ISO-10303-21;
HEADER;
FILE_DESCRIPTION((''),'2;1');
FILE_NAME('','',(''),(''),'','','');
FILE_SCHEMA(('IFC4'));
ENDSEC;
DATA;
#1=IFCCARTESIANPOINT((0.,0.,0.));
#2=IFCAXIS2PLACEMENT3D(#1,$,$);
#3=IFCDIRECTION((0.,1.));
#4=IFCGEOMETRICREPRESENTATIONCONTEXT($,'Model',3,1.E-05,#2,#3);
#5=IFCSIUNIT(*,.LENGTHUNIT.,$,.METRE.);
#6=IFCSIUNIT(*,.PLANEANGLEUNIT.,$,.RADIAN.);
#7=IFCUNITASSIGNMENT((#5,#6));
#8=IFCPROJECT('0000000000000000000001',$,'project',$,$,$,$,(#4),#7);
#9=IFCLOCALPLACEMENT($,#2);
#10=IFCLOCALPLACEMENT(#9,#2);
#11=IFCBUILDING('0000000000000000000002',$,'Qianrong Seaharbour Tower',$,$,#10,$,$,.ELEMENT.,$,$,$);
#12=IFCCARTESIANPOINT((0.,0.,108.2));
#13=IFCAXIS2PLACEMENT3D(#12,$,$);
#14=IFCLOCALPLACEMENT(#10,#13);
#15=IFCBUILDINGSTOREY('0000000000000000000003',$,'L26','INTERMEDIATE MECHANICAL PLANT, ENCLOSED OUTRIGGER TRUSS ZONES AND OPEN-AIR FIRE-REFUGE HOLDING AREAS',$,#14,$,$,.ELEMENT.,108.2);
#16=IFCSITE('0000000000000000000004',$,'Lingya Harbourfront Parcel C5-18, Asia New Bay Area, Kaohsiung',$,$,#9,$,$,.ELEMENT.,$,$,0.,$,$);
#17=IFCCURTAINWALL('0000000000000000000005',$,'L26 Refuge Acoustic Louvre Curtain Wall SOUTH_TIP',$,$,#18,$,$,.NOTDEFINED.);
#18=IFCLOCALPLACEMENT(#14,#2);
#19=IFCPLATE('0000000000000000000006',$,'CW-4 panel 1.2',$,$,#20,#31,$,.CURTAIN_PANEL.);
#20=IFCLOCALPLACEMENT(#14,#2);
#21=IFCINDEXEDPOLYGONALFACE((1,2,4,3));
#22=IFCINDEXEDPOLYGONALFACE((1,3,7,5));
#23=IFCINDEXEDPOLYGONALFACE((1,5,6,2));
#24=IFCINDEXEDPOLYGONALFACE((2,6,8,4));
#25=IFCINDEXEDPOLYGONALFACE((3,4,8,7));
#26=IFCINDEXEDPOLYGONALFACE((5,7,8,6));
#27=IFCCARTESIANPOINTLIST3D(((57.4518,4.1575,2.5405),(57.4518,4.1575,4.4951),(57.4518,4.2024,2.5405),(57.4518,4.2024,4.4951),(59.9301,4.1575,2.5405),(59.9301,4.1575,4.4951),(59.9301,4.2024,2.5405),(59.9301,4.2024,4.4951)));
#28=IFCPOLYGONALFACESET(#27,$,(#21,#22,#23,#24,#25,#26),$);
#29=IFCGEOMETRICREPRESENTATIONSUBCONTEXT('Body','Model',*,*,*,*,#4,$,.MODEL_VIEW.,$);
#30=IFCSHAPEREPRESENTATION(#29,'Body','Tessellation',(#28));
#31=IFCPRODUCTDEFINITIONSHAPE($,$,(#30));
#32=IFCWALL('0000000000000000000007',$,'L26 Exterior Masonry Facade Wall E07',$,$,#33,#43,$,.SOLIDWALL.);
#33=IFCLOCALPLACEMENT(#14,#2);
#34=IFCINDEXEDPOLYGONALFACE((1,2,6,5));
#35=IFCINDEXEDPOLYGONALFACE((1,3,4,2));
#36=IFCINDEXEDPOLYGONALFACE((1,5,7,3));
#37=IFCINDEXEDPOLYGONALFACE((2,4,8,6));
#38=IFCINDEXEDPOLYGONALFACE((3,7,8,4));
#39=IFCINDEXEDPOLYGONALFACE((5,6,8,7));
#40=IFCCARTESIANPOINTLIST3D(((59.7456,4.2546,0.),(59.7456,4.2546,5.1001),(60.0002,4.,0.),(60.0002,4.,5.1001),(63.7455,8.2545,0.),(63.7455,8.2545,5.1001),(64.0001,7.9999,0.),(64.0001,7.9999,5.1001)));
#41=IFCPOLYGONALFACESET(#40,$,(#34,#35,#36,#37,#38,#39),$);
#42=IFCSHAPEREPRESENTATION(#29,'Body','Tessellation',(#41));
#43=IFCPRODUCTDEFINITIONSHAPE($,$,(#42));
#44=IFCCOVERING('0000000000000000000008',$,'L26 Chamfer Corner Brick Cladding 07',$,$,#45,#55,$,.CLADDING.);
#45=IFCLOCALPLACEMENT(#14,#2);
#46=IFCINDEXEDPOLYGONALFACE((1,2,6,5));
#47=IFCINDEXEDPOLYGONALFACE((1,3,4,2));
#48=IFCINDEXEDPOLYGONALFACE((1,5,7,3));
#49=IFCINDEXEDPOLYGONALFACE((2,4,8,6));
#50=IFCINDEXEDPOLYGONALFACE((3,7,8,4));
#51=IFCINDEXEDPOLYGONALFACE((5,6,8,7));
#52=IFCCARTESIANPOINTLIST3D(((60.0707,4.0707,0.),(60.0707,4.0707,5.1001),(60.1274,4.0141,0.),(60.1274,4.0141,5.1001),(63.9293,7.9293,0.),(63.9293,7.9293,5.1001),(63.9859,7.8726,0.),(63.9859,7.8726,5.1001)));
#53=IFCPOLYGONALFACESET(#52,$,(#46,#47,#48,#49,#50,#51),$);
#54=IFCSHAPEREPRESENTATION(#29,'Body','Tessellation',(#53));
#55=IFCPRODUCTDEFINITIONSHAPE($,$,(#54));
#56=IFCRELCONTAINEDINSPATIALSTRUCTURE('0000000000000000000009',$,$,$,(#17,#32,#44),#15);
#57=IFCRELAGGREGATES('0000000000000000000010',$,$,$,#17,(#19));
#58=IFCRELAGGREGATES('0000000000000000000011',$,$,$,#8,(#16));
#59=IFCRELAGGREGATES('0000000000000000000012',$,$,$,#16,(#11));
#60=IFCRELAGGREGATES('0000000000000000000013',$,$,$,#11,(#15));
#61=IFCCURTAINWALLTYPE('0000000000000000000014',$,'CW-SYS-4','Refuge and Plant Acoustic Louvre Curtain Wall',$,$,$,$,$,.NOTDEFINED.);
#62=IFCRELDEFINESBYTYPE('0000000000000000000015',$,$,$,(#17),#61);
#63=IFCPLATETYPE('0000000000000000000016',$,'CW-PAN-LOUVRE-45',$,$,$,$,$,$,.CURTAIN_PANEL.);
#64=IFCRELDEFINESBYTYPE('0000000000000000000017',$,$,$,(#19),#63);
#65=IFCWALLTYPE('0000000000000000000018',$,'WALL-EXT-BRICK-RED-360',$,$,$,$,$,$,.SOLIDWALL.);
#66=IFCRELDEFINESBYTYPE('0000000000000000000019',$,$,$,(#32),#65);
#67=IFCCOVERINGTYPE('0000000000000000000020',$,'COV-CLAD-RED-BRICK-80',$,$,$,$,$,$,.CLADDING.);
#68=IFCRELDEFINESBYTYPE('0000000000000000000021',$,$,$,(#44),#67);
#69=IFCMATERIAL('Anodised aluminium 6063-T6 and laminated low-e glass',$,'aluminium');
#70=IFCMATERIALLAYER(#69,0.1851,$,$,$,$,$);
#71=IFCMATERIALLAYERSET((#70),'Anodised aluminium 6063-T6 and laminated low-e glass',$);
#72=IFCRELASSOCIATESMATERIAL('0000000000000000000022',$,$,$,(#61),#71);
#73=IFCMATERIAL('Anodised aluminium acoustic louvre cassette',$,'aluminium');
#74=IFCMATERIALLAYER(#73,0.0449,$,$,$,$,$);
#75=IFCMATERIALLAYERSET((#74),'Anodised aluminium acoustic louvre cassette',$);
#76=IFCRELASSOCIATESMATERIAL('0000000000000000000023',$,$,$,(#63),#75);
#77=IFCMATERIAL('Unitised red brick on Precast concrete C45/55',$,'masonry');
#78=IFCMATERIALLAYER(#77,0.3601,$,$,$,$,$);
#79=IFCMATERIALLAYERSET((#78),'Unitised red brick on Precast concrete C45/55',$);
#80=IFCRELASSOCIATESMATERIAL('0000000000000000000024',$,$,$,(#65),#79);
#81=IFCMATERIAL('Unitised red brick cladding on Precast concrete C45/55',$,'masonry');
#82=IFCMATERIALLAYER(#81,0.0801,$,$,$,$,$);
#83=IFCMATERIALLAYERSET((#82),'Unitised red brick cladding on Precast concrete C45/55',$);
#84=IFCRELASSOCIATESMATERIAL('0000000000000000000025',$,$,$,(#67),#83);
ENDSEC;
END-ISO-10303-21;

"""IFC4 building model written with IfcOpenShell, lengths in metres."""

from ifc_helpers import new_model, si_unit, direction, frame, frame_2d, origin, origin_2d, place, context, subcontext, project, spatial, rectangle, extrude, material, layer, layer_set, type_object, element, aggregate, save


model = new_model("IFC4")

# Units and contexts
model_context = context("Model", 3, precision=1e-05, world=origin(), true_north=direction((0.0, 1.0)))
body_context = subcontext(model_context, "Body", "Model", "MODEL_VIEW")
ifc_project = project(units=[si_unit("LENGTHUNIT", "METRE"), si_unit("PLANEANGLEUNIT", "RADIAN")], contexts=[model_context])

# Site, building, storey
site_placement = place(None, origin())
site = spatial("IfcSite", under=ifc_project, at=site_placement, Name="Lingya Harbourfront Parcel C5-18, Asia New Bay Area, Kaohsiung", CompositionType="ELEMENT", RefElevation=0.0)
building_placement = place(site_placement, origin())
building = spatial("IfcBuilding", under=site, at=building_placement, Name="Qianrong Seaharbour Tower", CompositionType="ELEMENT")
storey_placement = place(building_placement, frame((0.0, 0.0, 108.2)))
storey = spatial("IfcBuildingStorey", under=building, at=storey_placement, Name="L26", Description="INTERMEDIATE MECHANICAL PLANT, ENCLOSED OUTRIGGER TRUSS ZONES AND OPEN-AIR FIRE-REFUGE HOLDING AREAS", CompositionType="ELEMENT", Elevation=108.2)

# Curtain wall
ifc_material_1 = material(Name="Anodised aluminium 6063-T6 and laminated low-e glass", Category="aluminium")
ifc_layer_1 = layer(ifc_material_1, 0.1851)
ifc_layer_set_1 = layer_set([ifc_layer_1], Name="Anodised aluminium 6063-T6 and laminated low-e glass")
curtain_wall_type = type_object("IfcCurtainWallType", Name="CW-SYS-4", Description="Refuge and Plant Acoustic Louvre Curtain Wall", PredefinedType="NOTDEFINED", material=ifc_layer_set_1)
curtain_wall_1_placement = place(storey_placement, origin())
curtain_wall_1 = element("IfcCurtainWall", 1, at=curtain_wall_1_placement, inside=storey, type_object=curtain_wall_type, Name="L26 Refuge Acoustic Louvre Curtain Wall SOUTH_TIP", PredefinedType="NOTDEFINED")

# Plate
ifc_material_2 = material(Name="Anodised aluminium acoustic louvre cassette", Category="aluminium")
ifc_layer_2 = layer(ifc_material_2, 0.0449)
ifc_layer_set_2 = layer_set([ifc_layer_2], Name="Anodised aluminium acoustic louvre cassette")
plate_type = type_object("IfcPlateType", Name="CW-PAN-LOUVRE-45", PredefinedType="CURTAIN_PANEL", material=ifc_layer_set_2)
plate_1_placement = place(storey_placement, frame((58.6909, 4.1799, 2.5405), z_axis=(0.0, 0.0, 1.0), x_axis=(-1.0, 0.0, 0.0)))
plate_1 = element("IfcPlate", 2, at=plate_1_placement, type_object=plate_type, Name="CW-4 panel 1.2", PredefinedType="CURTAIN_PANEL", context=body_context, shape_type="SweptSolid", body=[
    extrude(rectangle(XDim=2.4783, YDim=0.0449, at=origin_2d()), origin(), (0.0, 0.0, 1.0), 1.9546),
])
aggregate(curtain_wall_1, [plate_1])

# Wall
ifc_material_3 = material(Name="Unitised red brick on Precast concrete C45/55", Category="masonry")
ifc_layer_3 = layer(ifc_material_3, 0.3601)
ifc_layer_set_3 = layer_set([ifc_layer_3], Name="Unitised red brick on Precast concrete C45/55")
wall_type = type_object("IfcWallType", Name="WALL-EXT-BRICK-RED-360", PredefinedType="SOLIDWALL", material=ifc_layer_set_3)
wall_placement = place(storey_placement, frame((63.8728, 8.1272, 0.0), z_axis=(0.0, 0.0, 1.0), x_axis=(-0.707107, -0.707107, 0.0)))
element("IfcWall", 3, at=wall_placement, inside=storey, type_object=wall_type, Name="L26 Exterior Masonry Facade Wall E07", PredefinedType="SOLIDWALL", context=body_context, shape_type="SweptSolid", body=[
    extrude(rectangle(XDim=5.6567, YDim=0.3601, at=frame_2d((2.8284, 0.0))), origin(), (0.0, 0.0, 1.0), 5.1001),
])

# Covering
ifc_material_4 = material(Name="Unitised red brick cladding on Precast concrete C45/55", Category="masonry")
ifc_layer_4 = layer(ifc_material_4, 0.0801)
ifc_layer_set_4 = layer_set([ifc_layer_4], Name="Unitised red brick cladding on Precast concrete C45/55")
covering_type = type_object("IfcCoveringType", Name="COV-CLAD-RED-BRICK-80", PredefinedType="CLADDING", material=ifc_layer_set_4)
covering_placement = place(storey_placement, frame((62.0283, 5.9717, 0.0), z_axis=(0.0, 0.0, 1.0), x_axis=(-0.707107, -0.707107, 0.0)))
element("IfcCovering", 4, at=covering_placement, inside=storey, type_object=covering_type, Name="L26 Chamfer Corner Brick Cladding 07", PredefinedType="CLADDING", context=body_context, shape_type="SweptSolid", body=[
    extrude(rectangle(XDim=5.4568, YDim=0.0801, at=origin_2d()), origin(), (0.0, 0.0, 1.0), 5.1001),
])

save(model, "model.ifc")
